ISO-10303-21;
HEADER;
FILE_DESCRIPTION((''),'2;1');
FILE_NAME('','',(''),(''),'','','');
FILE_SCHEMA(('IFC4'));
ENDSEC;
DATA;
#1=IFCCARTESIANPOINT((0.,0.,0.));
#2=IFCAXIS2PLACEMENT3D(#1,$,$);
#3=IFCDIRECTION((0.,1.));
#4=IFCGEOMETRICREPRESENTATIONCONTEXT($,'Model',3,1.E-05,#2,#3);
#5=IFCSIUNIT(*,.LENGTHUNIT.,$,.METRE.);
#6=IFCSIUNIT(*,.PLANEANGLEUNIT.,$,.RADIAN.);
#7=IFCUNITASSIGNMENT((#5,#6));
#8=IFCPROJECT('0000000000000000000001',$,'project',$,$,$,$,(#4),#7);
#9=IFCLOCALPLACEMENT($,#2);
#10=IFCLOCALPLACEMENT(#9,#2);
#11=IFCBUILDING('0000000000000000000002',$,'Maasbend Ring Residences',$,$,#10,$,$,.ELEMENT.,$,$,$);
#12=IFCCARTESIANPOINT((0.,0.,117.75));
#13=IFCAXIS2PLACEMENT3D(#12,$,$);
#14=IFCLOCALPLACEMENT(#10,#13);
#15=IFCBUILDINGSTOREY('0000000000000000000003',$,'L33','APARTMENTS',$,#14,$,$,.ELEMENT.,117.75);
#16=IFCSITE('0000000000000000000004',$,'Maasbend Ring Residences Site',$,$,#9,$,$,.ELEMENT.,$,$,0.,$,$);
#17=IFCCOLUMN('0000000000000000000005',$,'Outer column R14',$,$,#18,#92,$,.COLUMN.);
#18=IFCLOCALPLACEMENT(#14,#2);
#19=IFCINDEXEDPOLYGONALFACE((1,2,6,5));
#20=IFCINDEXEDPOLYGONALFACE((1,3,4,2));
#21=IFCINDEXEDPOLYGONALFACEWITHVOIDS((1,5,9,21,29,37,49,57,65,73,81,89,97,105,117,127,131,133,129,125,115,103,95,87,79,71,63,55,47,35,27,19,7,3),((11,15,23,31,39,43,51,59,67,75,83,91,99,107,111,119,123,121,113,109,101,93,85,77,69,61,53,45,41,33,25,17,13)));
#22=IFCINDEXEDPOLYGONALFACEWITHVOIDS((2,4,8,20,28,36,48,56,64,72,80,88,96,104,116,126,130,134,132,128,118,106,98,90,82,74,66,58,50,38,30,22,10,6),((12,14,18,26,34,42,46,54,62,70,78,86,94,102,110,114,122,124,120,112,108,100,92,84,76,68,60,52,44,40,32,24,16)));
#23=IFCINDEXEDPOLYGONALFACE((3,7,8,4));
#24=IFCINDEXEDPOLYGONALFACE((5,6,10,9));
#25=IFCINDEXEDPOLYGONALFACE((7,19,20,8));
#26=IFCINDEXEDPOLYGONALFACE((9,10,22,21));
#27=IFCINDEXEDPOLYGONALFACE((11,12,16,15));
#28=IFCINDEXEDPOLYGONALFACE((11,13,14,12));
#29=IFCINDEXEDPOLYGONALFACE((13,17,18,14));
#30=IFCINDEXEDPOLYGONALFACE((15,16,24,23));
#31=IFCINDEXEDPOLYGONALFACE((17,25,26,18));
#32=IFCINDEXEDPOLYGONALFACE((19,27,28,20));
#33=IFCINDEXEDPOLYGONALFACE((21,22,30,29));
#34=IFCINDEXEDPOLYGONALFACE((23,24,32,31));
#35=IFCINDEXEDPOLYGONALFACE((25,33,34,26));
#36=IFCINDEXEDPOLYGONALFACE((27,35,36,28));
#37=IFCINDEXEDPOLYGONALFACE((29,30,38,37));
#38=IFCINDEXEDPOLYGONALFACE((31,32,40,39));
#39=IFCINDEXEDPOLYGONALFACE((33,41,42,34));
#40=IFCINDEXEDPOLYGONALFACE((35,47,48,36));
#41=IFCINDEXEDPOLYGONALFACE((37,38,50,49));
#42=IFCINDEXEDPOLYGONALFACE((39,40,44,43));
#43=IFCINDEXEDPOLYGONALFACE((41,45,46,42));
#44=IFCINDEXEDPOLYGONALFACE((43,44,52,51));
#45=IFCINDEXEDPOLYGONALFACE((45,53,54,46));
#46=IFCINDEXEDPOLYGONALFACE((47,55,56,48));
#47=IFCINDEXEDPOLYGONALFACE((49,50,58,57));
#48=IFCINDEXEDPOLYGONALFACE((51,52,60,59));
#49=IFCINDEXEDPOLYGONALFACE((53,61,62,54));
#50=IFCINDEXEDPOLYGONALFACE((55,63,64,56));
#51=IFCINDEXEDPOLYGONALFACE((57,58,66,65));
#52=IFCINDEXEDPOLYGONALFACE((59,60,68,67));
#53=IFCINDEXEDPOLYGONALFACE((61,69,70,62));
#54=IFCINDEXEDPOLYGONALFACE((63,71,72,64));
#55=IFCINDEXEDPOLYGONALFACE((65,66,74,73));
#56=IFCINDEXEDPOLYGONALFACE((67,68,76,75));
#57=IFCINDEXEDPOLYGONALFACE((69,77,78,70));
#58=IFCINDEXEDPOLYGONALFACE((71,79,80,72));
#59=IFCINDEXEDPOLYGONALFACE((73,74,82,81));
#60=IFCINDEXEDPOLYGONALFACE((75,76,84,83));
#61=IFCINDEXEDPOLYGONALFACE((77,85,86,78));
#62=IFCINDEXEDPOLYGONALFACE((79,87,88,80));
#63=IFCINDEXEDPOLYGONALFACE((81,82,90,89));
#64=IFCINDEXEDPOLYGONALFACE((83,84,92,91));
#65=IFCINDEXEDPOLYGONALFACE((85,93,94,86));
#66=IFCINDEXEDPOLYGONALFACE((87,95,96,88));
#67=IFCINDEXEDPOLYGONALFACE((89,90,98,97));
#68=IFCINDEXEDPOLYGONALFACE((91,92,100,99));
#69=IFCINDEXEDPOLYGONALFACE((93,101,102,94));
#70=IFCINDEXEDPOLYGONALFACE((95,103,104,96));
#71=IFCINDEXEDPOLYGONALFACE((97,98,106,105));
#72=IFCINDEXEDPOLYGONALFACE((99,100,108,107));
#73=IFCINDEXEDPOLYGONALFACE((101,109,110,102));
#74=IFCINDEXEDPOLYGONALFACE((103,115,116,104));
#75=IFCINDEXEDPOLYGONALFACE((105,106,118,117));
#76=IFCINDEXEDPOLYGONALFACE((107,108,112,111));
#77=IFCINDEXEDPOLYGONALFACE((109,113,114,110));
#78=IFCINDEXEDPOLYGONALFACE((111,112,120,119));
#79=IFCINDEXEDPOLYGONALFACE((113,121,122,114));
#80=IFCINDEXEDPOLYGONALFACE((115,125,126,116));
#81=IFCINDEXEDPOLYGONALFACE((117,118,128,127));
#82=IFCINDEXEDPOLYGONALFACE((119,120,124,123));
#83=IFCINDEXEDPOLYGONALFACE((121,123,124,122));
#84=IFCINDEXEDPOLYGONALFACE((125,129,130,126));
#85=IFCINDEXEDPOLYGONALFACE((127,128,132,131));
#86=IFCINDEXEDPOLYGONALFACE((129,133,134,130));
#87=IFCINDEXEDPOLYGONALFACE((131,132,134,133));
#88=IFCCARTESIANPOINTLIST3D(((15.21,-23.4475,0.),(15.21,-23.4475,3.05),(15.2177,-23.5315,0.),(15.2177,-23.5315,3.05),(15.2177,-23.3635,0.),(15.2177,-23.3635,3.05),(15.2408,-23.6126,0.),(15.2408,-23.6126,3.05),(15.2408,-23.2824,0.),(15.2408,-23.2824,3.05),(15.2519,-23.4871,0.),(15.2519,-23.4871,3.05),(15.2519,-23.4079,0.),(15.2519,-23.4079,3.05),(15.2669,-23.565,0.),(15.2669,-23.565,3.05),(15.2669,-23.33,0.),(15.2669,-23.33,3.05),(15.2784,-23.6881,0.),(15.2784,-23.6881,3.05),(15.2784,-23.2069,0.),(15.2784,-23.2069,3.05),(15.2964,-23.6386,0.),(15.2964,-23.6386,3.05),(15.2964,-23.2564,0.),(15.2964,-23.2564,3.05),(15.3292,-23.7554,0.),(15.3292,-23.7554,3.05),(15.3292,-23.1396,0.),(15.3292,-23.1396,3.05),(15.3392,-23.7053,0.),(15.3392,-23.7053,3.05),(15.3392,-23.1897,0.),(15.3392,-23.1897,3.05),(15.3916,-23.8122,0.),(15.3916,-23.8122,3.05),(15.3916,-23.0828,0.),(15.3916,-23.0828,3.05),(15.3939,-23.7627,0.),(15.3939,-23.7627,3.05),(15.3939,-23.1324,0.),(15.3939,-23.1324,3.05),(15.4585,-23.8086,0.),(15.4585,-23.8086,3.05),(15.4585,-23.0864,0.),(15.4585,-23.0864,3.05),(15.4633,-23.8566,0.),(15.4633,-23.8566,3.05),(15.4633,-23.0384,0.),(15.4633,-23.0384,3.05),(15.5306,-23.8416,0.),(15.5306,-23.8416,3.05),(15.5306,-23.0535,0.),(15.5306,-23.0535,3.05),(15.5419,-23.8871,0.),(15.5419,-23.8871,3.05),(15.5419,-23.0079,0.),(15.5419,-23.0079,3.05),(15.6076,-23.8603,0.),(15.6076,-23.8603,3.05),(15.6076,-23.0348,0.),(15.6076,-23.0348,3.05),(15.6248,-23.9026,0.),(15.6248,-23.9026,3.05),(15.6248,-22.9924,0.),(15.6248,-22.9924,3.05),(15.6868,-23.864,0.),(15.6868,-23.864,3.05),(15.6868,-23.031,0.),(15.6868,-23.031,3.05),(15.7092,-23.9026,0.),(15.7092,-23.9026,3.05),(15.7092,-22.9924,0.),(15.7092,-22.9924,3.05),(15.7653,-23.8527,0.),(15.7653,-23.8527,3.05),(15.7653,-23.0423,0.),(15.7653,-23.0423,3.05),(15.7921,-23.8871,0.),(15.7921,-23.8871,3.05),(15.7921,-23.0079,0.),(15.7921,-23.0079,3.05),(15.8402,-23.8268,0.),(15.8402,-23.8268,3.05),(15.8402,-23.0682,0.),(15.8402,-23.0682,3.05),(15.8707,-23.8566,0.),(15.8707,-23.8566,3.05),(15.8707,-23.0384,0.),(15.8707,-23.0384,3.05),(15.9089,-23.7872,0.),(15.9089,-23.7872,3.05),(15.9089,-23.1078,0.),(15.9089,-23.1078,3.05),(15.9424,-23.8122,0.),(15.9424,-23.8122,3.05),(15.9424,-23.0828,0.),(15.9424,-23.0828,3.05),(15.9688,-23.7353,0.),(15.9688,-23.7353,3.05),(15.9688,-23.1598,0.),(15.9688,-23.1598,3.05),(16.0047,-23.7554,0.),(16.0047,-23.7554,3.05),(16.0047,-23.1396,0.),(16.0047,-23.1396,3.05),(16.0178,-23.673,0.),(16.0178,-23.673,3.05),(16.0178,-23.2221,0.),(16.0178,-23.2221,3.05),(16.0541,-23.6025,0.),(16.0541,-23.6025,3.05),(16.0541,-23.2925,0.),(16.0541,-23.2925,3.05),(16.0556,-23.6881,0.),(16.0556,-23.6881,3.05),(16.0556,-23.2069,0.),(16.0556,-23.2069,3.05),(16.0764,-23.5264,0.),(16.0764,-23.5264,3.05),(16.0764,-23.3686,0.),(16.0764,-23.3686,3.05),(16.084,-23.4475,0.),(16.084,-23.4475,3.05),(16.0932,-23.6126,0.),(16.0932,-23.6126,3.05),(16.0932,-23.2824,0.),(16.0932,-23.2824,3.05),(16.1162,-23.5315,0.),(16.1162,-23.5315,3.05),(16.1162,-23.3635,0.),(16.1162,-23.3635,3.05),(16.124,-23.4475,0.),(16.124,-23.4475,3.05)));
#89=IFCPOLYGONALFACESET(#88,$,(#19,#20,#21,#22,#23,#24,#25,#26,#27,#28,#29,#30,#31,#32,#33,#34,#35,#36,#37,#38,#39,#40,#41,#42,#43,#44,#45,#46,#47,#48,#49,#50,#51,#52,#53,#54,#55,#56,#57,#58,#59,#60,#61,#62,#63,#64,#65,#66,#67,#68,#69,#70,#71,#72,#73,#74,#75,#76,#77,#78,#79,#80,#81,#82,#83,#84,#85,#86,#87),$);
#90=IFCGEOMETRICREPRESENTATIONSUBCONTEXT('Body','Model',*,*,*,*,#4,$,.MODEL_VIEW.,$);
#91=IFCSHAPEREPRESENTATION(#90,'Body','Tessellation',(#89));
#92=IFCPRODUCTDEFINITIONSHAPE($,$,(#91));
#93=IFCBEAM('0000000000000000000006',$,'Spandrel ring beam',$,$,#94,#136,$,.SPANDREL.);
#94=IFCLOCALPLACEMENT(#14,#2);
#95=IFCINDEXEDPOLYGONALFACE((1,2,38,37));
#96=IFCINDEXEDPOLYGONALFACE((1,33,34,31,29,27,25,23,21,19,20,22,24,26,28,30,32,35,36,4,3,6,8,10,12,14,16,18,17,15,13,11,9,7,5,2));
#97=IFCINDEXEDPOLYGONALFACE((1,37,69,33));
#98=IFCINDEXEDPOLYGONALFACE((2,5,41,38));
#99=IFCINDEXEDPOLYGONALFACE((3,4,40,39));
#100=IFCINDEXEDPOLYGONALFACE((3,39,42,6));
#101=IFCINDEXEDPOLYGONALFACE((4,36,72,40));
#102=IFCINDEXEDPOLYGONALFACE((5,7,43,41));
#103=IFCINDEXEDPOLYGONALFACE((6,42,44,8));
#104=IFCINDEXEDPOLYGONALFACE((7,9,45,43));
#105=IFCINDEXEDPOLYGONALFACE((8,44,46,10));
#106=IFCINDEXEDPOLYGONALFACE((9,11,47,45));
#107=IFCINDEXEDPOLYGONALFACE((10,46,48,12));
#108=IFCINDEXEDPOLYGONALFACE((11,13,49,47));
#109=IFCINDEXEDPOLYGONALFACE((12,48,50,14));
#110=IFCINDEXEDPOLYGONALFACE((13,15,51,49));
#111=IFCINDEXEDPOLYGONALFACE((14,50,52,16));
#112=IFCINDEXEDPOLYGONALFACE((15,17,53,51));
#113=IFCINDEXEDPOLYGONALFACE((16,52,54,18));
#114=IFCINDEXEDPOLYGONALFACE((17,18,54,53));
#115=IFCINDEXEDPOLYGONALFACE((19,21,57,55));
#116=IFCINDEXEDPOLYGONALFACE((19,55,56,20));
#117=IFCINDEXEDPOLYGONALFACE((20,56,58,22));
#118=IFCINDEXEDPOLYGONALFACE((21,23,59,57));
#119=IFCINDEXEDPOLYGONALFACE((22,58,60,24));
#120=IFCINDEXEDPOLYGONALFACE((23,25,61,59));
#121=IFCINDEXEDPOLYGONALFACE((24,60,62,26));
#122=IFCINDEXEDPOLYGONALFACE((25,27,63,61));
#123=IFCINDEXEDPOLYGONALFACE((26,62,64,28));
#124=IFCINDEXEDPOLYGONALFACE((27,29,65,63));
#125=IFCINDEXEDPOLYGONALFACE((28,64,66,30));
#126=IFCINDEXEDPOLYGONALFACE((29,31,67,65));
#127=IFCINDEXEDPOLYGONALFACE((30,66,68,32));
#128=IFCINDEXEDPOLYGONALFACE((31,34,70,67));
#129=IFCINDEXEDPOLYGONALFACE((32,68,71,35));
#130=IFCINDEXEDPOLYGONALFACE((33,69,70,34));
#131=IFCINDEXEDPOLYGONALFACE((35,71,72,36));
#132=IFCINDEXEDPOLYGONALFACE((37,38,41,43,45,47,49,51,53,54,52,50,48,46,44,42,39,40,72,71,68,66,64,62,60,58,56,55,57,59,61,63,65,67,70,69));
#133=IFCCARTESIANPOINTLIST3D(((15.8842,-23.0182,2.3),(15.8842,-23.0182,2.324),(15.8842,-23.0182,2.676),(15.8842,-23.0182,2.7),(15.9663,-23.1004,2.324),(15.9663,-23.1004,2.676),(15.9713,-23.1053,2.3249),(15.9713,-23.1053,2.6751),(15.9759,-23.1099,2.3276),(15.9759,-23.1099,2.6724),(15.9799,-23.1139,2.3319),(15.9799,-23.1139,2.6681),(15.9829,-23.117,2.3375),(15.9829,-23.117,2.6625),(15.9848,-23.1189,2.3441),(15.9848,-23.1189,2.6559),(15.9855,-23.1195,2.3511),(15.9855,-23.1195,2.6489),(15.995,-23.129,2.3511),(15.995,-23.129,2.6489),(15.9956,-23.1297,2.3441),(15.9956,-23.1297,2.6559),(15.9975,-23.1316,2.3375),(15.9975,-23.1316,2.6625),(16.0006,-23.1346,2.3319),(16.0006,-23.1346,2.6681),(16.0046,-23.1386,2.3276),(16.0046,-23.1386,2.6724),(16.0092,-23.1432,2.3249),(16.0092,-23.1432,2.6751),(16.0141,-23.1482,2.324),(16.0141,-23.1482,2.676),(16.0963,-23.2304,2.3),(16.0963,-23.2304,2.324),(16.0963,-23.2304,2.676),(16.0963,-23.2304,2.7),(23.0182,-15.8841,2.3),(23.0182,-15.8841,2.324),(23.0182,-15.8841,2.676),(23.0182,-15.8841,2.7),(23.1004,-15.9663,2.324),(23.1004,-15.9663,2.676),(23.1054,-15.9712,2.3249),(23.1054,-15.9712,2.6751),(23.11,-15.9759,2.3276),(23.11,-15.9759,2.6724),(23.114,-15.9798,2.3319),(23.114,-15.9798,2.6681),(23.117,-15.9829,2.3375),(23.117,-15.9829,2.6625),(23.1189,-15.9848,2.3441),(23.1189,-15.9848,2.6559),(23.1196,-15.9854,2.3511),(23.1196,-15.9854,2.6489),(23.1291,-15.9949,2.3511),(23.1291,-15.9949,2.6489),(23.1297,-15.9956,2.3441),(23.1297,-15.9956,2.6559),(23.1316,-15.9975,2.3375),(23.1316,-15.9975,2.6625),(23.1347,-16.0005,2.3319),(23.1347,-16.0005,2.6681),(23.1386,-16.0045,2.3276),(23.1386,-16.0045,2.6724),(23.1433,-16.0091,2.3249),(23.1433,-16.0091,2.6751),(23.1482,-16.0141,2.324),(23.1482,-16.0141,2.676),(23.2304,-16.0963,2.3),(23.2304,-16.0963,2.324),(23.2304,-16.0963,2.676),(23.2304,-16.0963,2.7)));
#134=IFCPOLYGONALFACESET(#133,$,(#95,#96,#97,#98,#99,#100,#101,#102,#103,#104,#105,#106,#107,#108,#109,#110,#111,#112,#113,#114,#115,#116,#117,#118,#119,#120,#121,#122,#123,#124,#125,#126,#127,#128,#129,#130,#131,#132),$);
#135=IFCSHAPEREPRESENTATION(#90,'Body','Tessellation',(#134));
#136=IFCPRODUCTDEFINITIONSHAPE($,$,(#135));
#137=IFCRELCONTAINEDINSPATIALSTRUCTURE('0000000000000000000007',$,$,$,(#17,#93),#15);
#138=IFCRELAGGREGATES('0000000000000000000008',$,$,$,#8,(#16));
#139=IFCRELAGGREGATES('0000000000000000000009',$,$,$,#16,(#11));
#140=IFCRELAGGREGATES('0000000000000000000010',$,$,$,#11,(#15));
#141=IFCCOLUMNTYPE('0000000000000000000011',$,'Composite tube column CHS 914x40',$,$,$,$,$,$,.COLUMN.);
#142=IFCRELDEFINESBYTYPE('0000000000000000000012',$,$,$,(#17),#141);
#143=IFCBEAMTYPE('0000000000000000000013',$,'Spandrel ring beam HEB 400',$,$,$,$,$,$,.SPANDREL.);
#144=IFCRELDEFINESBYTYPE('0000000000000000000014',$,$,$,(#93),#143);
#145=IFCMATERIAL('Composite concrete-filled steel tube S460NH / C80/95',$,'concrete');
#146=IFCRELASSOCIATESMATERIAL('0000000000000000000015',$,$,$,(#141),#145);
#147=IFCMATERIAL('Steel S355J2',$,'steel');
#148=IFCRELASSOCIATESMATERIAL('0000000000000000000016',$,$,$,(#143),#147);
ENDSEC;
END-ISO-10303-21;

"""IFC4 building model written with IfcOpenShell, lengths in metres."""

from ifc_helpers import new_model, si_unit, direction, frame, origin, origin_2d, place, context, subcontext, project, spatial, hollow_circle, i_section, extrude, material, material_profile, profile_set, type_object, element, save


model = new_model("IFC4")

# Units and contexts
model_context = context("Model", 3, precision=1e-05, world=origin(), true_north=direction((0.0, 1.0)))
body_context = subcontext(model_context, "Body", "Model", "MODEL_VIEW")
ifc_project = project(units=[si_unit("LENGTHUNIT", "METRE"), si_unit("PLANEANGLEUNIT", "RADIAN")], contexts=[model_context])

# Site, building, storey
site_placement = place(None, origin())
site = spatial("IfcSite", under=ifc_project, at=site_placement, Name="Maasbend Ring Residences Site", CompositionType="ELEMENT", RefElevation=0.0)
building_placement = place(site_placement, origin())
building = spatial("IfcBuilding", under=site, at=building_placement, Name="Maasbend Ring Residences", CompositionType="ELEMENT")
storey_placement = place(building_placement, frame((0.0, 0.0, 117.75)))
storey = spatial("IfcBuildingStorey", under=building, at=storey_placement, Name="L33", Description="APARTMENTS", CompositionType="ELEMENT", Elevation=117.75)

# Column
ifc_material_1 = material(Name="Composite concrete-filled steel tube S460NH / C80/95", Category="concrete")
ifc_material_profile_1 = material_profile(ifc_material_1, hollow_circle(Radius=0.457, WallThickness=0.04, at=origin_2d()), Name="Composite tube column CHS 914x40")
ifc_profile_set_1 = profile_set([ifc_material_profile_1], Name="Composite concrete-filled steel tube S460NH / C80/95")
column_type = type_object("IfcColumnType", Name="Composite tube column CHS 914x40", PredefinedType="COLUMN", material=ifc_profile_set_1)
column_placement = place(storey_placement, frame((15.667, -23.4475, 0.0), z_axis=(0.0, 0.0, 1.0), x_axis=(1.0, 0.0, 0.0)))
element("IfcColumn", 1, at=column_placement, inside=storey, type_object=column_type, Name="Outer column R14", PredefinedType="COLUMN", context=body_context, shape_type="SweptSolid", body=[
    extrude(hollow_circle(Radius=0.457, WallThickness=0.04, at=origin_2d()), origin(), (0.0, 0.0, 1.0), 3.05),
])

# Beam
ifc_material_2 = material(Name="Steel S355J2", Category="steel")
ifc_material_profile_2 = material_profile(ifc_material_2, i_section(OverallWidth=0.3, OverallDepth=0.3999, WebThickness=0.0134, FlangeThickness=0.0239, FilletRadius=0.0271, at=origin_2d()), Name="HEB 400")
ifc_profile_set_2 = profile_set([ifc_material_profile_2], Name="Steel S355J2")
beam_type = type_object("IfcBeamType", Name="Spandrel ring beam HEB 400", PredefinedType="SPANDREL", material=ifc_profile_set_2)
beam_placement = place(storey_placement, frame((15.9902, -23.1243, 2.5), z_axis=(0.707107, 0.707107, 0.0), x_axis=(-0.707107, 0.707107, 0.0)))
element("IfcBeam", 2, at=beam_placement, inside=storey, type_object=beam_type, Name="Spandrel ring beam", PredefinedType="SPANDREL", context=body_context, shape_type="SweptSolid", body=[
    extrude(i_section(OverallWidth=0.3, OverallDepth=0.3999, WebThickness=0.0134, FlangeThickness=0.0239, FilletRadius=0.0271, at=origin_2d()), origin(), (0.0, 0.0, 1.0), 10.0891),
])

save(model, "model.ifc")
